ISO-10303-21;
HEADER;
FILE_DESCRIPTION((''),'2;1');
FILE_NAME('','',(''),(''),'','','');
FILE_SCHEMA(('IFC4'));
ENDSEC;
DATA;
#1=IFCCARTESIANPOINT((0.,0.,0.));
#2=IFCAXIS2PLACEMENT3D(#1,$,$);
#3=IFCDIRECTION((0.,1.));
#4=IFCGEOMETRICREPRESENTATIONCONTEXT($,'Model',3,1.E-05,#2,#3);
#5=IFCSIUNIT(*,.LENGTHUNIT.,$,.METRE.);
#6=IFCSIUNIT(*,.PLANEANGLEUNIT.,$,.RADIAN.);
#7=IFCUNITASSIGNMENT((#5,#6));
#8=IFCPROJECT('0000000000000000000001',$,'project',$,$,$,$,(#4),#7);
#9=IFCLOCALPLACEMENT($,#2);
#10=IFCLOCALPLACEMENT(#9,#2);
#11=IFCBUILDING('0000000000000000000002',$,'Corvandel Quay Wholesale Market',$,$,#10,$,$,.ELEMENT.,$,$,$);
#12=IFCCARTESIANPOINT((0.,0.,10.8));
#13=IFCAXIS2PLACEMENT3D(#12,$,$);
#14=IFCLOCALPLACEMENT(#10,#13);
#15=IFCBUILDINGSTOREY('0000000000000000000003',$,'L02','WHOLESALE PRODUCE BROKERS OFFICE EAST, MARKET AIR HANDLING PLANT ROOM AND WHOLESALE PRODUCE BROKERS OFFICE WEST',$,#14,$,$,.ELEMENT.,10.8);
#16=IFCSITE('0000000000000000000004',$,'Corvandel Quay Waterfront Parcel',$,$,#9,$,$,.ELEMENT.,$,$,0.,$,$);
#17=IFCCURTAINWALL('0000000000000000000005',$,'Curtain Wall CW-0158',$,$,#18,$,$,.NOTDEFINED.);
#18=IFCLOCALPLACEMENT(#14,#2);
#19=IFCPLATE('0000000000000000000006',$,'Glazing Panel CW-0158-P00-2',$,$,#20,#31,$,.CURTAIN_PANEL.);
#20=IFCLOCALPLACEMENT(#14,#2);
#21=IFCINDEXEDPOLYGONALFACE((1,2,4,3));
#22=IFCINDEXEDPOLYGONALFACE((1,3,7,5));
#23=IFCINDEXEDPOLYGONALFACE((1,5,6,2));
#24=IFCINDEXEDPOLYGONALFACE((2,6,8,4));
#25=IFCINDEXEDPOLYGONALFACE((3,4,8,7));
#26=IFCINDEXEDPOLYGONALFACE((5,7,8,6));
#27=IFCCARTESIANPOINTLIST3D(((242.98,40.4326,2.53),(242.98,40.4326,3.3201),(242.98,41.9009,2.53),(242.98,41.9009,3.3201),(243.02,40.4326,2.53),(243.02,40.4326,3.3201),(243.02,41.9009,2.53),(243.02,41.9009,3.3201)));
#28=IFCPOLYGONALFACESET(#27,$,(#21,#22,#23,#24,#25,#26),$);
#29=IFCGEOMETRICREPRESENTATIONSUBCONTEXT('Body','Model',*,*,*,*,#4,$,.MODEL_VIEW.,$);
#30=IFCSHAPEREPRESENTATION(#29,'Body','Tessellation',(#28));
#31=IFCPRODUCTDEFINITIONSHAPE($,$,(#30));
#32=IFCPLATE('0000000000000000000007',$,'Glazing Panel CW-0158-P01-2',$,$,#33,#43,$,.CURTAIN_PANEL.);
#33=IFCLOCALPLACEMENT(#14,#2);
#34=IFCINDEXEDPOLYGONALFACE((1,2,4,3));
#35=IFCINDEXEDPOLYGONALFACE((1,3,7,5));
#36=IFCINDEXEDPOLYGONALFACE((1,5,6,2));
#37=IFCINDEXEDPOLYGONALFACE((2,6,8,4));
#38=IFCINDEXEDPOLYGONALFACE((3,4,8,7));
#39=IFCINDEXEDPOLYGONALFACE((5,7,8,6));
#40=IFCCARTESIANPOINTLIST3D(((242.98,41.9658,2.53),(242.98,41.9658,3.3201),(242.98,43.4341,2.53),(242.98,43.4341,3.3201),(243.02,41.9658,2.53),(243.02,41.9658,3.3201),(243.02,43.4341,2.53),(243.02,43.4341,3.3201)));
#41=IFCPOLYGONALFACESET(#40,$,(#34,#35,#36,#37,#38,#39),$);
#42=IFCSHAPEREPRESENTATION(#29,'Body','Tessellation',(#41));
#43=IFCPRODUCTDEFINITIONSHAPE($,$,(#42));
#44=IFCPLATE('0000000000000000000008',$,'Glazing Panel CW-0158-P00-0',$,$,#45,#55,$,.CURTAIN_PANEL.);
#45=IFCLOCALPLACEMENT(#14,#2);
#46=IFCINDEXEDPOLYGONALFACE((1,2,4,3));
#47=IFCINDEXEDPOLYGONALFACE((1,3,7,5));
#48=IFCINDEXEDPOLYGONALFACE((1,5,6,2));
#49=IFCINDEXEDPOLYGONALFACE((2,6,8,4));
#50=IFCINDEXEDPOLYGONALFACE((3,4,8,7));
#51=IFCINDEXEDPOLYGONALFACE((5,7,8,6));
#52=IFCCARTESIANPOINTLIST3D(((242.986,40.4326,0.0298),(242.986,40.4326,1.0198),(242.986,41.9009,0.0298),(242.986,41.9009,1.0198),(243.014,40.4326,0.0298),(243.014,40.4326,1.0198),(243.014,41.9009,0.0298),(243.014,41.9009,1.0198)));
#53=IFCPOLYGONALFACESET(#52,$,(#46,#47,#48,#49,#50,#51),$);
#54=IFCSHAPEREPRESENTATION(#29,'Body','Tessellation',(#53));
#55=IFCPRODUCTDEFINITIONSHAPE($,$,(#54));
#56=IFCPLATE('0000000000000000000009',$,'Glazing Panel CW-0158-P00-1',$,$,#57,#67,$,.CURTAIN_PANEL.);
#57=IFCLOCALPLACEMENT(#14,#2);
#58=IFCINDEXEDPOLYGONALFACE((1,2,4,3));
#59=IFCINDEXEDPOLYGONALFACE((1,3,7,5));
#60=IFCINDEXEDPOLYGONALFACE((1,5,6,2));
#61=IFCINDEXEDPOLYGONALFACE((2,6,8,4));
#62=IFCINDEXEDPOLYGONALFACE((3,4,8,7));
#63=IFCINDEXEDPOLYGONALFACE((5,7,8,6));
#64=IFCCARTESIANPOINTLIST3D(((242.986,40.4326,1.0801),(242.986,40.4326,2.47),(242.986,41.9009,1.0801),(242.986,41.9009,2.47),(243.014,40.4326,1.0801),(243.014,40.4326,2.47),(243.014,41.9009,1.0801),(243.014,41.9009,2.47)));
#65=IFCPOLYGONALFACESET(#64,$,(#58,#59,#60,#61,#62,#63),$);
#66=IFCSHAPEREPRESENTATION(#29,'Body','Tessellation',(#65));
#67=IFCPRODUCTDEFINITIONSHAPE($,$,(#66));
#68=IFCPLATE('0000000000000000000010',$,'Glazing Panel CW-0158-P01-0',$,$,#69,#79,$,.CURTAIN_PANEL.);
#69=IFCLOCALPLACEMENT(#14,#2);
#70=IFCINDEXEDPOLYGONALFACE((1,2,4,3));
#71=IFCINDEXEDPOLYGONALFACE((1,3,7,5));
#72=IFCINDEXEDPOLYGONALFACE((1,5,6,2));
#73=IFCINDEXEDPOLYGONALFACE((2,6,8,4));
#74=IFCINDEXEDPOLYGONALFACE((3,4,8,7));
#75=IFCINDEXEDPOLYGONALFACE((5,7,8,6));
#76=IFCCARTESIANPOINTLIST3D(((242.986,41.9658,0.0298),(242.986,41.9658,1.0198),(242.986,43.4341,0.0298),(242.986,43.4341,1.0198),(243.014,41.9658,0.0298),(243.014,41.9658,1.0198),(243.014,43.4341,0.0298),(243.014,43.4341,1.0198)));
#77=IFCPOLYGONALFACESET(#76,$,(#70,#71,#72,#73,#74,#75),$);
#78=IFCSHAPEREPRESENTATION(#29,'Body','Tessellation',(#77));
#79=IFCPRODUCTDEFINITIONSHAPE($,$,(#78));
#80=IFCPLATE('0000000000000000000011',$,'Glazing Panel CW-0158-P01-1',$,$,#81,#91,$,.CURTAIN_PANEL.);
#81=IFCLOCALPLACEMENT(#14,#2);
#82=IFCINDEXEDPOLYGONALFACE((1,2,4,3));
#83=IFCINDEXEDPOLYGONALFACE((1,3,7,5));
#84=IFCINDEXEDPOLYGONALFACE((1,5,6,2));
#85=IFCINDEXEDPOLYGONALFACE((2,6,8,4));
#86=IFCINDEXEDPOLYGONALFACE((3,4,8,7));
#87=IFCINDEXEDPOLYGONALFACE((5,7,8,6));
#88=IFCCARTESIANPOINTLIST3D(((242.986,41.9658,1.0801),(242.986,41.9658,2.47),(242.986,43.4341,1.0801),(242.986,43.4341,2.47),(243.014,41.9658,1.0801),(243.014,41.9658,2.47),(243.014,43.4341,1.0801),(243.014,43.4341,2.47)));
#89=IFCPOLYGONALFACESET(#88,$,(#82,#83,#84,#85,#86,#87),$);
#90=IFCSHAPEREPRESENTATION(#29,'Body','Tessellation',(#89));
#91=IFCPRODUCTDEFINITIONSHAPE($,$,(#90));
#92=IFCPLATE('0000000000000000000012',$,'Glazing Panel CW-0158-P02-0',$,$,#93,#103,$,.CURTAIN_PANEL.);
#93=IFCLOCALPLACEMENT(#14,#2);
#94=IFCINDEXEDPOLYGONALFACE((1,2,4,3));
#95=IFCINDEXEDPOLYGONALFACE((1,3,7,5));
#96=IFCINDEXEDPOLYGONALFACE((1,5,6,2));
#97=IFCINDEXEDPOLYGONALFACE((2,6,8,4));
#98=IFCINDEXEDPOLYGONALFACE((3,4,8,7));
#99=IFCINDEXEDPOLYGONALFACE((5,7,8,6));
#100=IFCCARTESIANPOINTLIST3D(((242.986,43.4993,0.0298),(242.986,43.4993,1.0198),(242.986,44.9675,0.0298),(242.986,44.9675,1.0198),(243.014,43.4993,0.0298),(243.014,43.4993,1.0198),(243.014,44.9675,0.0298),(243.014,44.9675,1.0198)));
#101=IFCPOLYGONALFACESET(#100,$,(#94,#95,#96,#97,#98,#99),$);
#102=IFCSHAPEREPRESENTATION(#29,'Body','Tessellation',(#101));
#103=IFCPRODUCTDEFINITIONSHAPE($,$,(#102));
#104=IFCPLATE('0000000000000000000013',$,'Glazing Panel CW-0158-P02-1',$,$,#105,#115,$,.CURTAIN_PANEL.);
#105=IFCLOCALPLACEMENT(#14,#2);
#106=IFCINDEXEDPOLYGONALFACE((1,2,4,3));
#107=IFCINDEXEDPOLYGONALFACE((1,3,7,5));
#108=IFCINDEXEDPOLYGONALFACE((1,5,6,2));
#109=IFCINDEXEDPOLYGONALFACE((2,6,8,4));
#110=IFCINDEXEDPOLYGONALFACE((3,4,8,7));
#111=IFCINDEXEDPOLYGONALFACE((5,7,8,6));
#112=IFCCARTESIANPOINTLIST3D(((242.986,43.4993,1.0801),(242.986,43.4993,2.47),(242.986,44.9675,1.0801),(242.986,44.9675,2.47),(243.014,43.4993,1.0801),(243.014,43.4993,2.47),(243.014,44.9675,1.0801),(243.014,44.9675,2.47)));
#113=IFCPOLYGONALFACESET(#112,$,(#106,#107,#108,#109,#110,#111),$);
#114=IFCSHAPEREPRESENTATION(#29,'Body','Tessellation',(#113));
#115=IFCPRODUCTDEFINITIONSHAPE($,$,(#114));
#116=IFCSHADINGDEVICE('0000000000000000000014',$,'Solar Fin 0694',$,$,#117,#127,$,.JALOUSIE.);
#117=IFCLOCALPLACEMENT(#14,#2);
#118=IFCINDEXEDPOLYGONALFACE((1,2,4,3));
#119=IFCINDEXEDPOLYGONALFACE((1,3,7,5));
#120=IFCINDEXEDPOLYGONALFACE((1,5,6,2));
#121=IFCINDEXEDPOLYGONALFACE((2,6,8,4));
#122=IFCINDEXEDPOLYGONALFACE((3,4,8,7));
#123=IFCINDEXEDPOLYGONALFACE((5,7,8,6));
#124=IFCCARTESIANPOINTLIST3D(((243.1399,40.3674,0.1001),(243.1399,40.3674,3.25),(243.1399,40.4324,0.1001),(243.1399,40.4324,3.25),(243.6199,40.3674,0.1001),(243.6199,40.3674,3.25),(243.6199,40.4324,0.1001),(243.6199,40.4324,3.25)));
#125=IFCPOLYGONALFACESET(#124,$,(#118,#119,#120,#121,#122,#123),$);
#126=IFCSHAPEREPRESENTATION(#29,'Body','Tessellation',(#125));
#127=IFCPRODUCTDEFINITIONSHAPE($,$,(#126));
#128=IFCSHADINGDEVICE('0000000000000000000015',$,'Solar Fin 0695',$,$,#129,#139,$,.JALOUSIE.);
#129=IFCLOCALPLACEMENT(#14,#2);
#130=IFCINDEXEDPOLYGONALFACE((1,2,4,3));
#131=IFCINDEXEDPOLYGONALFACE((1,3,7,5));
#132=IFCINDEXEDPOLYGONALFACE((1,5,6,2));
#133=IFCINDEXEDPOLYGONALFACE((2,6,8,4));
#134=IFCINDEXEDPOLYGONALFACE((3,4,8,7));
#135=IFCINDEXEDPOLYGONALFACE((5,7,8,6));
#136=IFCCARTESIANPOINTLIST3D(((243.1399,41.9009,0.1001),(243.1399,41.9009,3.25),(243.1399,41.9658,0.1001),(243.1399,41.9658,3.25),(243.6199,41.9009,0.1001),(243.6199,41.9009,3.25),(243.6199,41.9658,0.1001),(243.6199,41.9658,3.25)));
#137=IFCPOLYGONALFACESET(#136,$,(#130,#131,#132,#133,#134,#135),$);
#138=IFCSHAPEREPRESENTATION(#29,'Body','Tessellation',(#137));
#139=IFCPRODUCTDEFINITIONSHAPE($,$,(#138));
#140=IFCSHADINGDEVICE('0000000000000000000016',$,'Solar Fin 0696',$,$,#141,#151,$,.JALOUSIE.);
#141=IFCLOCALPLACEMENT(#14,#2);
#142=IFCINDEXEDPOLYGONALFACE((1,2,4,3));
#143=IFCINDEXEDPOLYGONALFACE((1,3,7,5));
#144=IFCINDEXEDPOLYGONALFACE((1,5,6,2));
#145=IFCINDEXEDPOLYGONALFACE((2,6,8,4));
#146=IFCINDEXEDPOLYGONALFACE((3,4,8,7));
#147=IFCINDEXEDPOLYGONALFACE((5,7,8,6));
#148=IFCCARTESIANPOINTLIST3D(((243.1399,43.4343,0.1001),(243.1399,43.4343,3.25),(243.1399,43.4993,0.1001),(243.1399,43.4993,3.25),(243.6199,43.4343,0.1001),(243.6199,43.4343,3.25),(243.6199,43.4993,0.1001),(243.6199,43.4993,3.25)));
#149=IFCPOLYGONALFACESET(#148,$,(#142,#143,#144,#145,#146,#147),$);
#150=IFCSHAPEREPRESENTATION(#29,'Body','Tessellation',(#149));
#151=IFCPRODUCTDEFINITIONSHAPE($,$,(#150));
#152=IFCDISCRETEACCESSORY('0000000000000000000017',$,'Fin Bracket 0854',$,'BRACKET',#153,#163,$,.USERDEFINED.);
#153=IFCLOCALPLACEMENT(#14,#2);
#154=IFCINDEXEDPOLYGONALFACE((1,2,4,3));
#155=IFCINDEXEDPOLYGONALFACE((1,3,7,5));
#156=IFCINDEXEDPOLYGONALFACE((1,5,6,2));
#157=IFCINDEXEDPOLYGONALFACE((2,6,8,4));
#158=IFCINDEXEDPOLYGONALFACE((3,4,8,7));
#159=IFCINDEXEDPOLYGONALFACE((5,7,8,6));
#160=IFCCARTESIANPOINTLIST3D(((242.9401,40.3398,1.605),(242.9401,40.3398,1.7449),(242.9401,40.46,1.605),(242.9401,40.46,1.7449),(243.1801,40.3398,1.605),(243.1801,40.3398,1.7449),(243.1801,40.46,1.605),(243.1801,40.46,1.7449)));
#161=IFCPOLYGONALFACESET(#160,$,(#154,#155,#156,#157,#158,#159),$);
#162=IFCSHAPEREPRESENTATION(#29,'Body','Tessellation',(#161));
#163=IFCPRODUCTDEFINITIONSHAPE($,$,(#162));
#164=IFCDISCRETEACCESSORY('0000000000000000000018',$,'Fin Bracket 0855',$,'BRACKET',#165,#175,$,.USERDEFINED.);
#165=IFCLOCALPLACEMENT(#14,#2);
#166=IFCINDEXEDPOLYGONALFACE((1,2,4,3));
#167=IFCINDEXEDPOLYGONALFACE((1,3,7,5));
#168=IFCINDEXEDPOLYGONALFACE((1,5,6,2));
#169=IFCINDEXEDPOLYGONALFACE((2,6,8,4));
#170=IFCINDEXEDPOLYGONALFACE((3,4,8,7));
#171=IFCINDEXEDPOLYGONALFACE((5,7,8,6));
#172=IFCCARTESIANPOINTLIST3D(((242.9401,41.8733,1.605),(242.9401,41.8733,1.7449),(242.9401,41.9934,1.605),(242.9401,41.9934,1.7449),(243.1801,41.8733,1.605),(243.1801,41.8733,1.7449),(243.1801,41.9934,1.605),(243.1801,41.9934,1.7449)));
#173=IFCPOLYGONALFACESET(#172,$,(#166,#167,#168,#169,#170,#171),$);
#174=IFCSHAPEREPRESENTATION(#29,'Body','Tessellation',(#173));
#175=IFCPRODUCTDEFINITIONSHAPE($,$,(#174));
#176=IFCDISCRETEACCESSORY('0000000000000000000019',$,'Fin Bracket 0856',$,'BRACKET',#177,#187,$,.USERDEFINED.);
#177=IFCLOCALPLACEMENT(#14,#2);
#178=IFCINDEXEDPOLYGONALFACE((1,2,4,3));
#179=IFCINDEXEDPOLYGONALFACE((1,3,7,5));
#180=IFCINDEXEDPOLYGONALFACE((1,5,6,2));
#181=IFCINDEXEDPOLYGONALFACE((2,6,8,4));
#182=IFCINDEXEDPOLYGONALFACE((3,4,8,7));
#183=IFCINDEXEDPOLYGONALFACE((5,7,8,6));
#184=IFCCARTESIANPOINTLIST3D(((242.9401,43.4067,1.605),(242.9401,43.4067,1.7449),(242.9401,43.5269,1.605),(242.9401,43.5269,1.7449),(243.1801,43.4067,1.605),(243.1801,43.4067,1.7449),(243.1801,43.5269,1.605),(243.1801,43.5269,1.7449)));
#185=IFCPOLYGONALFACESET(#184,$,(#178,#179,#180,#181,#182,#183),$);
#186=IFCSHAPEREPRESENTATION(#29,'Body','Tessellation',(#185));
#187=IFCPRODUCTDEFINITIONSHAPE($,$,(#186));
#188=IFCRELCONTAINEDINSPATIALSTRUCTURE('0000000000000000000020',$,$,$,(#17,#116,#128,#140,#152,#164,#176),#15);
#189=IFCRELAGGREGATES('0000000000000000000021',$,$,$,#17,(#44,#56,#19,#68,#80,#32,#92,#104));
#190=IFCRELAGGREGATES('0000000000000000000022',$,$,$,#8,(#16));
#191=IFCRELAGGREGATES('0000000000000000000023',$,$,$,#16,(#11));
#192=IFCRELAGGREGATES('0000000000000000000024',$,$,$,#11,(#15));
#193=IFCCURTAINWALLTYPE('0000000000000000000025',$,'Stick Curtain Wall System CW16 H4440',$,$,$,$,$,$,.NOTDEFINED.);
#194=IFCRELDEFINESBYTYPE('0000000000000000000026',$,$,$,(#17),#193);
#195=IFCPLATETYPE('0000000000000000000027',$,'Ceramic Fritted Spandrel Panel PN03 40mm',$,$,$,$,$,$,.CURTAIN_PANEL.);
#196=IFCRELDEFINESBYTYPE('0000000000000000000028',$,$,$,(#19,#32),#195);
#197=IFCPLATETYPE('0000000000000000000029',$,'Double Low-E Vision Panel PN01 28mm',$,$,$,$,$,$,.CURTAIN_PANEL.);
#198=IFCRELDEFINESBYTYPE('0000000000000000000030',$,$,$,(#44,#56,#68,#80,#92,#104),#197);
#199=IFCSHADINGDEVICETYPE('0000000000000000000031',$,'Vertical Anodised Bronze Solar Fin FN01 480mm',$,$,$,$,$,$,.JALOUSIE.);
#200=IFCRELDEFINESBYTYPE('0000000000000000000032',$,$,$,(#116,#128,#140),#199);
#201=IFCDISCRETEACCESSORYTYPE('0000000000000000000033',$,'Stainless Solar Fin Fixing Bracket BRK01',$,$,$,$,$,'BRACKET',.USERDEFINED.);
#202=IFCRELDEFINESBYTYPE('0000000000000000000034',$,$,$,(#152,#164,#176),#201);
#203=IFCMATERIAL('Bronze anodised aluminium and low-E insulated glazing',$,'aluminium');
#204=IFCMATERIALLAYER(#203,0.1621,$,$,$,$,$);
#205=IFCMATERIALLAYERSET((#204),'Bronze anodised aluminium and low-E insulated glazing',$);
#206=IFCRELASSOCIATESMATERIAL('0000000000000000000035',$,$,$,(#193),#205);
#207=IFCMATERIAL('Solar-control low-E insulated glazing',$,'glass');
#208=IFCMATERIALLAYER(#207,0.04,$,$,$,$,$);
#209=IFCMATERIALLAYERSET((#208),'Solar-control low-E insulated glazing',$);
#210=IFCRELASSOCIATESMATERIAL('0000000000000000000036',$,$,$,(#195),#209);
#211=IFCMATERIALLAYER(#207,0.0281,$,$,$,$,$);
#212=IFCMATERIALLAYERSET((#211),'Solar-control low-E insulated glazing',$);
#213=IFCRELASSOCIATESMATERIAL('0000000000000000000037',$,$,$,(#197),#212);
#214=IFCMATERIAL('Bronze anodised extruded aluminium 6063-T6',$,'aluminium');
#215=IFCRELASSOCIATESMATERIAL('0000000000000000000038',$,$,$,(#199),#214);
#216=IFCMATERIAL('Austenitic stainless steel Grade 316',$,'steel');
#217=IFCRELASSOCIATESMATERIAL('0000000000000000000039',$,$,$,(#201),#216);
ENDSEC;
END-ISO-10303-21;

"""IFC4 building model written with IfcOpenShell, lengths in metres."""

from ifc_helpers import new_model, si_unit, direction, frame, origin, origin_2d, place, context, subcontext, project, spatial, rectangle, extrude, material, layer, layer_set, type_object, element, aggregate, save


model = new_model("IFC4")

# Units and contexts
model_context = context("Model", 3, precision=1e-05, world=origin(), true_north=direction((0.0, 1.0)))
body_context = subcontext(model_context, "Body", "Model", "MODEL_VIEW")
ifc_project = project(units=[si_unit("LENGTHUNIT", "METRE"), si_unit("PLANEANGLEUNIT", "RADIAN")], contexts=[model_context])

# Site, building, storey
site_placement = place(None, origin())
site = spatial("IfcSite", under=ifc_project, at=site_placement, Name="Corvandel Quay Waterfront Parcel", CompositionType="ELEMENT", RefElevation=0.0)
building_placement = place(site_placement, origin())
building = spatial("IfcBuilding", under=site, at=building_placement, Name="Corvandel Quay Wholesale Market", CompositionType="ELEMENT")
storey_placement = place(building_placement, frame((0.0, 0.0, 10.8)))
storey = spatial("IfcBuildingStorey", under=building, at=storey_placement, Name="L02", Description="WHOLESALE PRODUCE BROKERS OFFICE EAST, MARKET AIR HANDLING PLANT ROOM AND WHOLESALE PRODUCE BROKERS OFFICE WEST", CompositionType="ELEMENT", Elevation=10.8)

# Curtain wall
ifc_material_1 = material(Name="Bronze anodised aluminium and low-E insulated glazing", Category="aluminium")
ifc_layer_1 = layer(ifc_material_1, 0.1621)
ifc_layer_set_1 = layer_set([ifc_layer_1], Name="Bronze anodised aluminium and low-E insulated glazing")
curtain_wall_type = type_object("IfcCurtainWallType", Name="Stick Curtain Wall System CW16 H4440", PredefinedType="NOTDEFINED", material=ifc_layer_set_1)
curtain_wall_placement = place(storey_placement, origin())
curtain_wall = element("IfcCurtainWall", 1, at=curtain_wall_placement, inside=storey, type_object=curtain_wall_type, Name="Curtain Wall CW-0158", PredefinedType="NOTDEFINED")

# Plates
ifc_material_2 = material(Name="Solar-control low-E insulated glazing", Category="glass")
ifc_layer_2 = layer(ifc_material_2, 0.04)
ifc_layer_set_2 = layer_set([ifc_layer_2], Name="Solar-control low-E insulated glazing")
plate_type_1 = type_object("IfcPlateType", Name="Ceramic Fritted Spandrel Panel PN03 40mm", PredefinedType="CURTAIN_PANEL", material=ifc_layer_set_2)
plate_1_placement = place(storey_placement, frame((243.0, 41.1667, 2.53), z_axis=(0.0, 0.0, 1.0), x_axis=(0.0, 1.0, 0.0)))
plate_1 = element("IfcPlate", 2, at=plate_1_placement, type_object=plate_type_1, Name="Glazing Panel CW-0158-P00-2", PredefinedType="CURTAIN_PANEL", context=body_context, shape_type="SweptSolid", body=[
    extrude(rectangle(XDim=1.4683, YDim=0.04, at=origin_2d()), origin(), (0.0, 0.0, 1.0), 0.79),
])
plate_2_placement = place(storey_placement, frame((243.0, 42.7, 2.53), z_axis=(0.0, 0.0, 1.0), x_axis=(0.0, 1.0, 0.0)))
plate_2 = element("IfcPlate", 3, at=plate_2_placement, type_object=plate_type_1, Name="Glazing Panel CW-0158-P01-2", PredefinedType="CURTAIN_PANEL", context=body_context, shape_type="SweptSolid", body=[
    extrude(rectangle(XDim=1.4683, YDim=0.04, at=origin_2d()), origin(), (0.0, 0.0, 1.0), 0.79),
])
ifc_layer_3 = layer(ifc_material_2, 0.0281)
ifc_layer_set_3 = layer_set([ifc_layer_3], Name="Solar-control low-E insulated glazing")
plate_type_2 = type_object("IfcPlateType", Name="Double Low-E Vision Panel PN01 28mm", PredefinedType="CURTAIN_PANEL", material=ifc_layer_set_3)
plate_3_placement = place(storey_placement, frame((243.0, 41.1667, 0.0298), z_axis=(0.0, 0.0, 1.0), x_axis=(0.0, 1.0, 0.0)))
plate_3 = element("IfcPlate", 4, at=plate_3_placement, type_object=plate_type_2, Name="Glazing Panel CW-0158-P00-0", PredefinedType="CURTAIN_PANEL", context=body_context, shape_type="SweptSolid", body=[
    extrude(rectangle(XDim=1.4683, YDim=0.0281, at=origin_2d()), origin(), (0.0, 0.0, 1.0), 0.99),
])
plate_4_placement = place(storey_placement, frame((243.0, 41.1667, 1.0801), z_axis=(0.0, 0.0, 1.0), x_axis=(0.0, 1.0, 0.0)))
plate_4 = element("IfcPlate", 5, at=plate_4_placement, type_object=plate_type_2, Name="Glazing Panel CW-0158-P00-1", PredefinedType="CURTAIN_PANEL", context=body_context, shape_type="SweptSolid", body=[
    extrude(rectangle(XDim=1.4683, YDim=0.0281, at=origin_2d()), origin(), (0.0, 0.0, 1.0), 1.3899),
])
plate_5_placement = place(storey_placement, frame((243.0, 42.7, 0.0298), z_axis=(0.0, 0.0, 1.0), x_axis=(0.0, 1.0, 0.0)))
plate_5 = element("IfcPlate", 6, at=plate_5_placement, type_object=plate_type_2, Name="Glazing Panel CW-0158-P01-0", PredefinedType="CURTAIN_PANEL", context=body_context, shape_type="SweptSolid", body=[
    extrude(rectangle(XDim=1.4683, YDim=0.0281, at=origin_2d()), origin(), (0.0, 0.0, 1.0), 0.99),
])
plate_6_placement = place(storey_placement, frame((243.0, 42.7, 1.0801), z_axis=(0.0, 0.0, 1.0), x_axis=(0.0, 1.0, 0.0)))
plate_6 = element("IfcPlate", 7, at=plate_6_placement, type_object=plate_type_2, Name="Glazing Panel CW-0158-P01-1", PredefinedType="CURTAIN_PANEL", context=body_context, shape_type="SweptSolid", body=[
    extrude(rectangle(XDim=1.4683, YDim=0.0281, at=origin_2d()), origin(), (0.0, 0.0, 1.0), 1.3899),
])
plate_7_placement = place(storey_placement, frame((243.0, 44.2334, 0.0298), z_axis=(0.0, 0.0, 1.0), x_axis=(0.0, 1.0, 0.0)))
plate_7 = element("IfcPlate", 8, at=plate_7_placement, type_object=plate_type_2, Name="Glazing Panel CW-0158-P02-0", PredefinedType="CURTAIN_PANEL", context=body_context, shape_type="SweptSolid", body=[
    extrude(rectangle(XDim=1.4683, YDim=0.0281, at=origin_2d()), origin(), (0.0, 0.0, 1.0), 0.99),
])
plate_8_placement = place(storey_placement, frame((243.0, 44.2334, 1.0801), z_axis=(0.0, 0.0, 1.0), x_axis=(0.0, 1.0, 0.0)))
plate_8 = element("IfcPlate", 9, at=plate_8_placement, type_object=plate_type_2, Name="Glazing Panel CW-0158-P02-1", PredefinedType="CURTAIN_PANEL", context=body_context, shape_type="SweptSolid", body=[
    extrude(rectangle(XDim=1.4683, YDim=0.0281, at=origin_2d()), origin(), (0.0, 0.0, 1.0), 1.3899),
])
aggregate(curtain_wall, [plate_3, plate_4, plate_1, plate_5, plate_6, plate_2, plate_7, plate_8])

# Shading devices
ifc_material_3 = material(Name="Bronze anodised extruded aluminium 6063-T6", Category="aluminium")
shading_device_type = type_object("IfcShadingDeviceType", Name="Vertical Anodised Bronze Solar Fin FN01 480mm", PredefinedType="JALOUSIE", material=ifc_material_3)
for number, where, z_axis, x_axis, name in (
    (10, (243.3799, 40.3999, 0.1001), (0.0, 0.0, 1.0), (1.0, 0.0, 0.0), "Solar Fin 0694"),
    (11, (243.3799, 41.9333, 0.1001), (0.0, 0.0, 1.0), (1.0, 0.0, 0.0), "Solar Fin 0695"),
    (12, (243.3799, 43.4668, 0.1001), (0.0, 0.0, 1.0), (1.0, 0.0, 0.0), "Solar Fin 0696"),
):
    element("IfcShadingDevice", number, at=place(storey_placement, frame(where, z_axis=z_axis, x_axis=x_axis)), inside=storey, type_object=shading_device_type, Name=name, PredefinedType="JALOUSIE", context=body_context, shape_type="SweptSolid", body=[
        extrude(rectangle(XDim=0.48, YDim=0.0649, at=origin_2d()), origin(), (0.0, 0.0, 1.0), 3.1499),
    ])

# Discrete accessories
ifc_material_4 = material(Name="Austenitic stainless steel Grade 316", Category="steel")
discrete_accessory_type = type_object("IfcDiscreteAccessoryType", Name="Stainless Solar Fin Fixing Bracket BRK01", ElementType="BRACKET", PredefinedType="USERDEFINED", material=ifc_material_4)
for number, where, z_axis, x_axis, name in (
    (13, (243.0601, 40.3999, 1.605), (0.0, 0.0, 1.0), (1.0, 0.0, 0.0), "Fin Bracket 0854"),
    (14, (243.0601, 41.9333, 1.605), (0.0, 0.0, 1.0), (1.0, 0.0, 0.0), "Fin Bracket 0855"),
    (15, (243.0601, 43.4668, 1.605), (0.0, 0.0, 1.0), (1.0, 0.0, 0.0), "Fin Bracket 0856"),
):
    element("IfcDiscreteAccessory", number, at=place(storey_placement, frame(where, z_axis=z_axis, x_axis=x_axis)), inside=storey, type_object=discrete_accessory_type, Name=name, ObjectType="BRACKET", PredefinedType="USERDEFINED", context=body_context, shape_type="SweptSolid", body=[
        extrude(rectangle(XDim=0.24, YDim=0.1201, at=origin_2d()), origin(), (0.0, 0.0, 1.0), 0.1399),
    ])

save(model, "model.ifc")
